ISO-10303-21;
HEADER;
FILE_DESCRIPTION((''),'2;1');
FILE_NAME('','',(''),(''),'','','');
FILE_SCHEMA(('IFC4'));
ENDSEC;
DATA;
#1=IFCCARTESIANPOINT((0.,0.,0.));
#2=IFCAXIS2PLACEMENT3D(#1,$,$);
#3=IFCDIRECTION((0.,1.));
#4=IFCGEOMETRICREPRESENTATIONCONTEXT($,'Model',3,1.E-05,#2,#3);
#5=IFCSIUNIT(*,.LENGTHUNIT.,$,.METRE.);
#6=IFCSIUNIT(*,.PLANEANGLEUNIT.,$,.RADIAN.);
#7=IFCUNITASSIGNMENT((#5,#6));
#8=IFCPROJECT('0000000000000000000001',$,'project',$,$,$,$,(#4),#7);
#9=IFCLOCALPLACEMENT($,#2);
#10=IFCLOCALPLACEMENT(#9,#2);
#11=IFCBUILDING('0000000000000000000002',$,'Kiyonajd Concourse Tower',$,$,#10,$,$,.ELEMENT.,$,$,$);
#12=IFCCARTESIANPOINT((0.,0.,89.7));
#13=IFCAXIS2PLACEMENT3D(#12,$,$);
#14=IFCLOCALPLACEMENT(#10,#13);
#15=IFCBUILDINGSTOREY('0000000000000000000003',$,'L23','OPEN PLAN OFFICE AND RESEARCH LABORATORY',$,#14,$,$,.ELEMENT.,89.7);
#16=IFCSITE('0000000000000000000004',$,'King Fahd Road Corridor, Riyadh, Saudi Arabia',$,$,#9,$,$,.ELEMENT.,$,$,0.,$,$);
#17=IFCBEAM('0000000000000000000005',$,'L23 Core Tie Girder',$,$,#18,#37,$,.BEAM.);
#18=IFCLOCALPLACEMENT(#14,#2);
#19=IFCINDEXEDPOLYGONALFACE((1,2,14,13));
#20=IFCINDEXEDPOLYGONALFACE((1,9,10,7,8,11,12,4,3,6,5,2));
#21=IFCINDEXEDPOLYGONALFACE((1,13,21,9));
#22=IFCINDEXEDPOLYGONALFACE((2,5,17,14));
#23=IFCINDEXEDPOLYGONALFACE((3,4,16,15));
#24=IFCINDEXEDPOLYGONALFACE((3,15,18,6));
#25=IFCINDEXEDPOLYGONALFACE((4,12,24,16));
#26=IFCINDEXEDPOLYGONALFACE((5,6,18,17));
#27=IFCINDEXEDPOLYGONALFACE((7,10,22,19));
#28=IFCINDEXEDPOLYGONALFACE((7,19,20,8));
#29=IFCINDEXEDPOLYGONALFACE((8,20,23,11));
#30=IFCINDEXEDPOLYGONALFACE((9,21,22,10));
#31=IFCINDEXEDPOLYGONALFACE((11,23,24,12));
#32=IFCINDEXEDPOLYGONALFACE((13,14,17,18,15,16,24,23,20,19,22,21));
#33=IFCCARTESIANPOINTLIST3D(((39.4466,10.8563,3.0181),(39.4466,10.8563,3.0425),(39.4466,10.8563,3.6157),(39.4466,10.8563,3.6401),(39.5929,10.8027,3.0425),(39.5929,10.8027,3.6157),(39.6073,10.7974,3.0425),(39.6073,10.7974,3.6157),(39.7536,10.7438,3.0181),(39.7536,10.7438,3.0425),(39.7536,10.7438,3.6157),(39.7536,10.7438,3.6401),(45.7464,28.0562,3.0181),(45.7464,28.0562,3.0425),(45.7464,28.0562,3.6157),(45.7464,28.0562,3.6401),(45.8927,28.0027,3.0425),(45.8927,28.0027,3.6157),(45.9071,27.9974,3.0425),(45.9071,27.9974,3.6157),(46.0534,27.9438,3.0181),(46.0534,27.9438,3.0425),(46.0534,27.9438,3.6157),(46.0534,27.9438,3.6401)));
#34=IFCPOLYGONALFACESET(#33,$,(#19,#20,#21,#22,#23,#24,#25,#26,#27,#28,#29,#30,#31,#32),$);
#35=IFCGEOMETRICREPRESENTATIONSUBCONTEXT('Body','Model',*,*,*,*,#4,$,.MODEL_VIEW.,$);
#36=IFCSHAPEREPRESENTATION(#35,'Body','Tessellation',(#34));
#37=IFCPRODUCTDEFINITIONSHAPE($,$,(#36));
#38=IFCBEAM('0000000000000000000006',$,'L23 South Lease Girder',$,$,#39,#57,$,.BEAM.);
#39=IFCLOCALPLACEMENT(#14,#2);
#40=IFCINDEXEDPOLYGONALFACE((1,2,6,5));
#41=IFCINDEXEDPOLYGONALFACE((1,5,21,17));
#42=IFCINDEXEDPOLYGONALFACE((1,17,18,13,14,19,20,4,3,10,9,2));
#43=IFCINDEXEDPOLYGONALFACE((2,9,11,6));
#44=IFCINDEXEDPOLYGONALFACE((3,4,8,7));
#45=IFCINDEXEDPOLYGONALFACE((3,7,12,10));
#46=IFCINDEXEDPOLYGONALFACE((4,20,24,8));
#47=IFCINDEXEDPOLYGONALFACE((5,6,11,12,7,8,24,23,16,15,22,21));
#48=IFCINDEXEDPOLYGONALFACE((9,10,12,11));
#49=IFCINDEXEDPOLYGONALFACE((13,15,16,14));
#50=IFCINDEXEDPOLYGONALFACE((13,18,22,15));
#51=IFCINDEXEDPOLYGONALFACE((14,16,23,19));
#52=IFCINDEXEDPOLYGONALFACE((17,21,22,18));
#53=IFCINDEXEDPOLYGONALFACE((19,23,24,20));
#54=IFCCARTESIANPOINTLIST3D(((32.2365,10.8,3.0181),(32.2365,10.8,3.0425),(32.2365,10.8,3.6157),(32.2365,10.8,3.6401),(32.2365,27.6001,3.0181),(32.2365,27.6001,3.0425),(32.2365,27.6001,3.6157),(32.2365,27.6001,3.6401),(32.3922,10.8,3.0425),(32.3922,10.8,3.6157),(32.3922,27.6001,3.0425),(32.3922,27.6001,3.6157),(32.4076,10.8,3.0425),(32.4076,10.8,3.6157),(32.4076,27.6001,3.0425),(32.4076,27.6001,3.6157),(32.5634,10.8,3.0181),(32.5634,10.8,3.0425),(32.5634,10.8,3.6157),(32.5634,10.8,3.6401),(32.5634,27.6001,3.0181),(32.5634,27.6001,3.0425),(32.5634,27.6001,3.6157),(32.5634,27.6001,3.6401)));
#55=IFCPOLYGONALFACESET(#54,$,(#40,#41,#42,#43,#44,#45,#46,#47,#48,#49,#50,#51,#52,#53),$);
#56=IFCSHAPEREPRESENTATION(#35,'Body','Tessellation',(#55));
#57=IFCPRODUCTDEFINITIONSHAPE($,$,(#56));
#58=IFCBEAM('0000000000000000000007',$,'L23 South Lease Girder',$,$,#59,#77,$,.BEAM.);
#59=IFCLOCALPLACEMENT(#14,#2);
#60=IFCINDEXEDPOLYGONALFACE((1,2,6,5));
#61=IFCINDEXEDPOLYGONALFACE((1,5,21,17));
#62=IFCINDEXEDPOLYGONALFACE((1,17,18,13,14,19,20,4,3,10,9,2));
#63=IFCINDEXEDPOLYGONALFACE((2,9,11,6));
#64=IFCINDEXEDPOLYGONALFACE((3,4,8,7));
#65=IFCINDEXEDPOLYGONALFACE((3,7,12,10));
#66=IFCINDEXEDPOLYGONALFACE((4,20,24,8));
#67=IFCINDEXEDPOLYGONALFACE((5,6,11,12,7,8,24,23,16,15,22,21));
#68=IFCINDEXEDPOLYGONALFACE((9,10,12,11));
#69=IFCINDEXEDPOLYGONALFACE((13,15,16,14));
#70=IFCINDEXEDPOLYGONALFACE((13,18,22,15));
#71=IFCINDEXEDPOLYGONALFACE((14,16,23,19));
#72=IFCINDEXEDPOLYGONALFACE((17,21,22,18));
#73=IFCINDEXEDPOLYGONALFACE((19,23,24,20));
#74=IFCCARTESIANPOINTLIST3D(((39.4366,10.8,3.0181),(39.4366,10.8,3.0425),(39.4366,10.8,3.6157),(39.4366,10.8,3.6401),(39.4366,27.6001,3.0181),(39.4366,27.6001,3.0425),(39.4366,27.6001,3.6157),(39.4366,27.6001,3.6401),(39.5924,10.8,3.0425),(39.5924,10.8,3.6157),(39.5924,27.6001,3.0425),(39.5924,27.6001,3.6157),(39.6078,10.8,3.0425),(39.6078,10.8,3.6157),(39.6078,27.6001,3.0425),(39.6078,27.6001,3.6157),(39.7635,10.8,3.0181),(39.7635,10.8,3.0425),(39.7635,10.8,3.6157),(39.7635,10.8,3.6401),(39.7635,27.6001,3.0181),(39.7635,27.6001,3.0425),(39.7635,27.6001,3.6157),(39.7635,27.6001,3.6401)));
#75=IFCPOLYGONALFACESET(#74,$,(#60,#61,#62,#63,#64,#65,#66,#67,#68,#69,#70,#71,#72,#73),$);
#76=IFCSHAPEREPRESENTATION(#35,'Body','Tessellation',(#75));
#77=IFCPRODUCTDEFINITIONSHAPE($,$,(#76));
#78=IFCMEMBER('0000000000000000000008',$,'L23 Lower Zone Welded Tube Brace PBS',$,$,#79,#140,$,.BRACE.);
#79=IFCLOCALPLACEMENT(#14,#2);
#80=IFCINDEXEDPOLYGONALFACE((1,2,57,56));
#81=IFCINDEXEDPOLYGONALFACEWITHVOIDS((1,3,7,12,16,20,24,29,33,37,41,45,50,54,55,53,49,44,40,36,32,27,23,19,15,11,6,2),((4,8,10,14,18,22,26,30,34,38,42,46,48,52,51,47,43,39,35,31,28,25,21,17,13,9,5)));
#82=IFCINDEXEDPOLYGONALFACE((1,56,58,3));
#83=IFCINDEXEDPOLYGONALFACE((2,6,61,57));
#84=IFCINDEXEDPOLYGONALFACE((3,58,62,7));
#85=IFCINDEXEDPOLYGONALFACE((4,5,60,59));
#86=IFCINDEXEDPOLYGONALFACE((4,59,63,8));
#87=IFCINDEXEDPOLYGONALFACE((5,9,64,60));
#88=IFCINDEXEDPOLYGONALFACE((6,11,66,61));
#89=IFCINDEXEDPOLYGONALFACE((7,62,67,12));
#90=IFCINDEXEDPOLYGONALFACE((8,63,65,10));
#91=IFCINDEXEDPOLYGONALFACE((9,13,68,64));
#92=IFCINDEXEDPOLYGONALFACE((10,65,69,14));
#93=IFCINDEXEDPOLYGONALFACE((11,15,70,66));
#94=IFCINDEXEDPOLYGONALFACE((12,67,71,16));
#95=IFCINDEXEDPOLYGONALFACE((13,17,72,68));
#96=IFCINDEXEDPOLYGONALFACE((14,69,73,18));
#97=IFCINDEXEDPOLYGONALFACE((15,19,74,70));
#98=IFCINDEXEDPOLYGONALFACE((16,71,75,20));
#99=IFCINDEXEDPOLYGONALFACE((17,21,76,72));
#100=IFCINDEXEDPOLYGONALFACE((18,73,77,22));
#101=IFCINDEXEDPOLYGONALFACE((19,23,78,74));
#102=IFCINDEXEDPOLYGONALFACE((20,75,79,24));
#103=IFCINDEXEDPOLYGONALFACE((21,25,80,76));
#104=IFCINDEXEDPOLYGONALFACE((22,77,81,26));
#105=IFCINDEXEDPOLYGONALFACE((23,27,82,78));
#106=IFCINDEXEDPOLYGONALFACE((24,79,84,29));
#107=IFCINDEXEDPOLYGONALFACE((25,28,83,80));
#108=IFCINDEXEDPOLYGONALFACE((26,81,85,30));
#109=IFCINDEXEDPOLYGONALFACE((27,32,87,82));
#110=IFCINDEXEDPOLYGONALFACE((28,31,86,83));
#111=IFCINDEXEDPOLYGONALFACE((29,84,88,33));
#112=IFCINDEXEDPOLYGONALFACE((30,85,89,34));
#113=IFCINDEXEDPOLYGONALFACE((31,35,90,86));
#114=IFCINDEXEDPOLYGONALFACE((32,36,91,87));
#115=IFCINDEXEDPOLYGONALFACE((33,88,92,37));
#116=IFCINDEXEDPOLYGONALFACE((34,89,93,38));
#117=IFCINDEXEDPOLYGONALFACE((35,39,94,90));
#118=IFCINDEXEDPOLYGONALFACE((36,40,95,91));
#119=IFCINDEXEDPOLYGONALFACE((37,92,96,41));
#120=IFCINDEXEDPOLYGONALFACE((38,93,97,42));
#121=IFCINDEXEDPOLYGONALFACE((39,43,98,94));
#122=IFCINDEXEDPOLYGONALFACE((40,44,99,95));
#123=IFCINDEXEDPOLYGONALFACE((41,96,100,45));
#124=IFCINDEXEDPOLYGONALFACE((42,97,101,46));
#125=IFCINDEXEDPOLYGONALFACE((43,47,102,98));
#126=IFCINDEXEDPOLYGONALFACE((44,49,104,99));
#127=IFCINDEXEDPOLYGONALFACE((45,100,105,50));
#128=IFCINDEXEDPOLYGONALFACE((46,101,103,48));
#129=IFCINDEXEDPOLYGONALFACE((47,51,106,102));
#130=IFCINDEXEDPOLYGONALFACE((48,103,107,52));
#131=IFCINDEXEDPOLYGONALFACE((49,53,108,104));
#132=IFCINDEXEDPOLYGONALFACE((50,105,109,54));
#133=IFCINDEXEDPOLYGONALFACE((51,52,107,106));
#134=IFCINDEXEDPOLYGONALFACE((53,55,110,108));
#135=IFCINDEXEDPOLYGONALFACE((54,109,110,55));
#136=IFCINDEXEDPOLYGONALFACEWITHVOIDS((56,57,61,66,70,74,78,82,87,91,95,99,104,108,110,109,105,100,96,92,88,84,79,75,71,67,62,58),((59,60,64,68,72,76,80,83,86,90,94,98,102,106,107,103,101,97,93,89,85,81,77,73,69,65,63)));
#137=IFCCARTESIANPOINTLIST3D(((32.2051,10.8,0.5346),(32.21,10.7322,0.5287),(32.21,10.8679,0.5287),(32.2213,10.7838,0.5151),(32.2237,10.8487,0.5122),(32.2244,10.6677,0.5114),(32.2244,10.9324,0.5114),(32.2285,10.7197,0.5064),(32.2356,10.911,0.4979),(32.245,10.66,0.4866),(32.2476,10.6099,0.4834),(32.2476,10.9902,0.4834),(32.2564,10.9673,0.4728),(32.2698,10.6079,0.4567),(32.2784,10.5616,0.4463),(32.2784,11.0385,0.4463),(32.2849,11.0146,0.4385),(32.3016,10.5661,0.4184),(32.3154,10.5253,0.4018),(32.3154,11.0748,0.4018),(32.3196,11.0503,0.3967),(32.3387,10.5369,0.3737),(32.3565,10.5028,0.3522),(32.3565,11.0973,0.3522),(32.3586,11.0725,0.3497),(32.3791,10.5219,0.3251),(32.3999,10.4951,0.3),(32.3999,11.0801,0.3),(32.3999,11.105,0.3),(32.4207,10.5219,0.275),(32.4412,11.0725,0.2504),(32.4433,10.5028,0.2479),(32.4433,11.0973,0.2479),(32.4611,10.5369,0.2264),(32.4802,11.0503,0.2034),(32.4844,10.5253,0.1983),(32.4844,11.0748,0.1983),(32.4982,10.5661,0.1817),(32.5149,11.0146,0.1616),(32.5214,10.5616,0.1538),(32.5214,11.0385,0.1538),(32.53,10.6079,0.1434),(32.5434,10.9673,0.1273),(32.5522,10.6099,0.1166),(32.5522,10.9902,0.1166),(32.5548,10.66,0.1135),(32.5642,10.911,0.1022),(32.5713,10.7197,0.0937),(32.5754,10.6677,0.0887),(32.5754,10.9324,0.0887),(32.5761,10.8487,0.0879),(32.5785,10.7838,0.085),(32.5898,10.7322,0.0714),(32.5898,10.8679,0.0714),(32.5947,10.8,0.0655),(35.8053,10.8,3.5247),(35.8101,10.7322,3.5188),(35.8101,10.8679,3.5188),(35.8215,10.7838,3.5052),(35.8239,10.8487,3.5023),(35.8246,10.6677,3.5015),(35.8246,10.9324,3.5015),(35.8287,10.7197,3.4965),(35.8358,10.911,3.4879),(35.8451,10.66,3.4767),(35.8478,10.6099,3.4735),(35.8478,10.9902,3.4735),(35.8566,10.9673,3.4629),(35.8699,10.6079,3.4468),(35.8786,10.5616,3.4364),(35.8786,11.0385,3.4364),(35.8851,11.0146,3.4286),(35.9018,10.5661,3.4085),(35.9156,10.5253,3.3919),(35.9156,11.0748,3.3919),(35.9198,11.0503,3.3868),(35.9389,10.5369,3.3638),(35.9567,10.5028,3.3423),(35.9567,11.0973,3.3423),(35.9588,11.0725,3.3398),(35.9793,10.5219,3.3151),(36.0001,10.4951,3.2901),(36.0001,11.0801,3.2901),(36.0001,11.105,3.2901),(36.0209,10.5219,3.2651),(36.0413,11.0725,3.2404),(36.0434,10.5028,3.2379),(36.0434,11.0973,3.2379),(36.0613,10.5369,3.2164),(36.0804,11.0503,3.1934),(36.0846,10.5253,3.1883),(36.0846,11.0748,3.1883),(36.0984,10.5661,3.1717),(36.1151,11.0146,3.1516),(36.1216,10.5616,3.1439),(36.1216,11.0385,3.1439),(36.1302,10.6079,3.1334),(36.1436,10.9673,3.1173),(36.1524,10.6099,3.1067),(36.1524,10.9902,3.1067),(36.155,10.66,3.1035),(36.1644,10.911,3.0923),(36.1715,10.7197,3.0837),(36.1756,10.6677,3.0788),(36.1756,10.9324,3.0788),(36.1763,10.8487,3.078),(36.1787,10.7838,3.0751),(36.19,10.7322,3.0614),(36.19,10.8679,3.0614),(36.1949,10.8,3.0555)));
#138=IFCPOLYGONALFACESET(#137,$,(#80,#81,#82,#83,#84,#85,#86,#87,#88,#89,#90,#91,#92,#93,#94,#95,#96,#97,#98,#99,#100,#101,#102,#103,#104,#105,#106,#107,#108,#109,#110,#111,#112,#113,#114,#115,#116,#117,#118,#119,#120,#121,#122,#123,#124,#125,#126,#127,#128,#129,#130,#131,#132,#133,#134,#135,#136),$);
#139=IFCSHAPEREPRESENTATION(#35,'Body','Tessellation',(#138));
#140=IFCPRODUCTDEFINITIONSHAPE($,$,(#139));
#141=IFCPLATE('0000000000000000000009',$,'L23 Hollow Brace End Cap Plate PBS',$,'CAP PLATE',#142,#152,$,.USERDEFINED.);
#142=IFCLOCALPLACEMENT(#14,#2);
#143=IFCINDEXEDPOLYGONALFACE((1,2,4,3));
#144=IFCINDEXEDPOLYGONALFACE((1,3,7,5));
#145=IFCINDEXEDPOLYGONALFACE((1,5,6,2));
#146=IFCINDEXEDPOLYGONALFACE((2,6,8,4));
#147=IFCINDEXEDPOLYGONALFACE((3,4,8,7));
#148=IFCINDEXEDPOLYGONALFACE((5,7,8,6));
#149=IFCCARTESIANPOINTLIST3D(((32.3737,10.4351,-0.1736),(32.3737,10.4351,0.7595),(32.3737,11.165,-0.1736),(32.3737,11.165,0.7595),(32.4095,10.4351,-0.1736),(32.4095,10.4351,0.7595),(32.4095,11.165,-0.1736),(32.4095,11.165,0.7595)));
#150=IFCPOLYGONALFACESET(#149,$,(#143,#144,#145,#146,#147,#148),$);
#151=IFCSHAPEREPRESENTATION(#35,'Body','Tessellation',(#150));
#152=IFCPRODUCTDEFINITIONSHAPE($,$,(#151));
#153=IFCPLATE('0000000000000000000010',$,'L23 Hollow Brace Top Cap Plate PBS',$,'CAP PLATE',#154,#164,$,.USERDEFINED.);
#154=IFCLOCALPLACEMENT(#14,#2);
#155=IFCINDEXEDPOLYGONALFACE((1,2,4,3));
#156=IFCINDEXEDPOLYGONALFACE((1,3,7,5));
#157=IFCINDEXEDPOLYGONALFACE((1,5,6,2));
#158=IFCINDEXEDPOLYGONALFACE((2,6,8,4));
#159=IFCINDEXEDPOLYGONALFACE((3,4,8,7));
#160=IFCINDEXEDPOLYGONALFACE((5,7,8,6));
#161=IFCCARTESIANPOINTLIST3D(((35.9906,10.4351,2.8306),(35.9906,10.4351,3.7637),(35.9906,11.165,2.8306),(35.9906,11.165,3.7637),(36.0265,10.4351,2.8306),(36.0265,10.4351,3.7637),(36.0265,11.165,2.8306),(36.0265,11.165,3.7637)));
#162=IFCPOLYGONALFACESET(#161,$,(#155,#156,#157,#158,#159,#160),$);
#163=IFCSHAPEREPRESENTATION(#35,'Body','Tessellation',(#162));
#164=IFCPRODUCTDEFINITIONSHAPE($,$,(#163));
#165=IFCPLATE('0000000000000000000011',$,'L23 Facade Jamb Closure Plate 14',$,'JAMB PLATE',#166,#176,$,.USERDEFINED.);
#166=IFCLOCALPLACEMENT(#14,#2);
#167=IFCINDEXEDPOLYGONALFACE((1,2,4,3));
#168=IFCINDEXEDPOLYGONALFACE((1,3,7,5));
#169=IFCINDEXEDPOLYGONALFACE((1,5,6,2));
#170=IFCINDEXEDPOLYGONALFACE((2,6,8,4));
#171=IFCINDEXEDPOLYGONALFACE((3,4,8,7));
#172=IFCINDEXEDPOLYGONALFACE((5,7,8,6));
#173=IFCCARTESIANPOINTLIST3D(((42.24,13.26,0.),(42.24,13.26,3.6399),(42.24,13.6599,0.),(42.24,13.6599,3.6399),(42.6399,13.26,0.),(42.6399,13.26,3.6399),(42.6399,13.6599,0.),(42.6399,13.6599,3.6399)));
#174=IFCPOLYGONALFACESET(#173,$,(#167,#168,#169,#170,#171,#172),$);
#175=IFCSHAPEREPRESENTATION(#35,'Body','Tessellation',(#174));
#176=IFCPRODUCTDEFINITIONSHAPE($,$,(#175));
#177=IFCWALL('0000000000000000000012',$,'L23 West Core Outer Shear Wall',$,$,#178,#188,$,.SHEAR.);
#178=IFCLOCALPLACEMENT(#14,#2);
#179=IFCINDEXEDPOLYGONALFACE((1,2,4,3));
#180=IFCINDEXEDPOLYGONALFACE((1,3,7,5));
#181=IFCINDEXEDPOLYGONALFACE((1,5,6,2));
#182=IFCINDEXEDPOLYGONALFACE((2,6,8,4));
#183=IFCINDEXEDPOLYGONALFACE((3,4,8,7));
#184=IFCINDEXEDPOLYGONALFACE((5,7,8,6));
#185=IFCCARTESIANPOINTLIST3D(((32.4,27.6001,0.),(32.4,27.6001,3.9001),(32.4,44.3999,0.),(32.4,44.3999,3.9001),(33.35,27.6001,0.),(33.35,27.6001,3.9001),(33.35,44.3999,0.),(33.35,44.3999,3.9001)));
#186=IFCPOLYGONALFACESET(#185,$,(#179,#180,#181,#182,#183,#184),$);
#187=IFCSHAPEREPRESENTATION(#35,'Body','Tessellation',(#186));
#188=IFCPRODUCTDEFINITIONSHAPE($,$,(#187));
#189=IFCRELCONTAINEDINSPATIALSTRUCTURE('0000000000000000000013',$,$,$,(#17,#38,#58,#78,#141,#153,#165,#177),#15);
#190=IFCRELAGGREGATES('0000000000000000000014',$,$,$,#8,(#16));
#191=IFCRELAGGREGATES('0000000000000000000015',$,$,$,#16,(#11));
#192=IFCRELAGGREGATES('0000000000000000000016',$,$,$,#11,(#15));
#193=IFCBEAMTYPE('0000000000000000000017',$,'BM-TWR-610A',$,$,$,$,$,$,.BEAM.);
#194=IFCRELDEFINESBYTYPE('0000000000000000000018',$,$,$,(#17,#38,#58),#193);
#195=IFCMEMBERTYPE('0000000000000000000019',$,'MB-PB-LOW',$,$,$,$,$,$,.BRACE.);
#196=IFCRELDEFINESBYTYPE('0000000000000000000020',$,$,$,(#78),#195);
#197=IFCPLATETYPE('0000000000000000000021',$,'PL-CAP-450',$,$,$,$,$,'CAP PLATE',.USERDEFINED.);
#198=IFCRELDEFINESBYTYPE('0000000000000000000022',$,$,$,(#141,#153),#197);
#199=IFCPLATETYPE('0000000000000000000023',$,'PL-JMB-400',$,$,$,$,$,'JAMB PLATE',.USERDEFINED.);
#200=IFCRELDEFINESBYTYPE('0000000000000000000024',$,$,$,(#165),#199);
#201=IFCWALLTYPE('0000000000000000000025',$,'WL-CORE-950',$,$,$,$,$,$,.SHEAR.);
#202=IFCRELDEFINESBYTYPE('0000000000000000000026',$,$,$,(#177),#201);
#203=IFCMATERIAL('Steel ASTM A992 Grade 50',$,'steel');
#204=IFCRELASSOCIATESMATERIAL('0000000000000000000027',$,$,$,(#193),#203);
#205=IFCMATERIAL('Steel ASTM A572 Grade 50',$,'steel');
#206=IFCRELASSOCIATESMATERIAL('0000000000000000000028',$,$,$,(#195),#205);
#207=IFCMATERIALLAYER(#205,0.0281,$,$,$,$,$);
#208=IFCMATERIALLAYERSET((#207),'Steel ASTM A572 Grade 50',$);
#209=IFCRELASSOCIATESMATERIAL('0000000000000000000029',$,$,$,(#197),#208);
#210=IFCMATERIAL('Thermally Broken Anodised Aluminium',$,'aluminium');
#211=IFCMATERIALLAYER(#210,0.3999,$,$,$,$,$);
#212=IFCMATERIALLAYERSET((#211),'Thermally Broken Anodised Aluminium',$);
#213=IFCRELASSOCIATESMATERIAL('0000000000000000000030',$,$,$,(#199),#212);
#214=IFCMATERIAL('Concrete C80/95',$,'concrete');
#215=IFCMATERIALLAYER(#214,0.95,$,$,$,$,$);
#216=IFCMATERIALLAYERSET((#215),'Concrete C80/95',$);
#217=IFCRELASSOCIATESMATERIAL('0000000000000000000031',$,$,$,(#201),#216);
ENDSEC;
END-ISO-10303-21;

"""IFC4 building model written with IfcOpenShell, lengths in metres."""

from ifc_helpers import new_model, si_unit, direction, frame, frame_2d, origin, origin_2d, place, context, subcontext, project, spatial, rectangle, hollow_circle, i_section, extrude, material, layer, layer_set, material_profile, profile_set, type_object, element, save


model = new_model("IFC4")

# Units and contexts
model_context = context("Model", 3, precision=1e-05, world=origin(), true_north=direction((0.0, 1.0)))
body_context = subcontext(model_context, "Body", "Model", "MODEL_VIEW")
ifc_project = project(units=[si_unit("LENGTHUNIT", "METRE"), si_unit("PLANEANGLEUNIT", "RADIAN")], contexts=[model_context])

# Site, building, storey
site_placement = place(None, origin())
site = spatial("IfcSite", under=ifc_project, at=site_placement, Name="King Fahd Road Corridor, Riyadh, Saudi Arabia", CompositionType="ELEMENT", RefElevation=0.0)
building_placement = place(site_placement, origin())
building = spatial("IfcBuilding", under=site, at=building_placement, Name="Kiyonajd Concourse Tower", CompositionType="ELEMENT")
storey_placement = place(building_placement, frame((0.0, 0.0, 89.7)))
storey = spatial("IfcBuildingStorey", under=building, at=storey_placement, Name="L23", Description="OPEN PLAN OFFICE AND RESEARCH LABORATORY", CompositionType="ELEMENT", Elevation=89.7)

# Shared definitions
ifc_material_1 = material(Name="Concrete C80/95", Category="concrete")

# Beams
ifc_material_2 = material(Name="Steel ASTM A992 Grade 50", Category="steel")
ifc_material_profile_1 = material_profile(ifc_material_2, i_section(OverallWidth=0.3269, OverallDepth=0.6221, WebThickness=0.0154, FlangeThickness=0.0244, at=origin_2d()), Name="W610X195")
ifc_profile_set_1 = profile_set([ifc_material_profile_1], Name="Steel ASTM A992 Grade 50")
beam_type_1 = type_object("IfcBeamType", Name="BM-TWR-610A", PredefinedType="BEAM", material=ifc_profile_set_1)
beam_1_placement = place(storey_placement, frame((39.6001, 10.8, 3.3291), z_axis=(0.343925, 0.938997, 0.0), x_axis=(-0.938997, 0.343925, 0.0)))
element("IfcBeam", 1, at=beam_1_placement, inside=storey, type_object=beam_type_1, Name="L23 Core Tie Girder", PredefinedType="BEAM", context=body_context, shape_type="SweptSolid", body=[
    extrude(i_section(OverallWidth=0.3269, OverallDepth=0.6221, WebThickness=0.0154, FlangeThickness=0.0244, at=origin_2d()), origin(), (0.0, 0.0, 1.0), 18.3174),
])
for number, where, z_axis, x_axis, name in (
    (2, (32.3999, 10.8, 3.3291), (0.0, 1.0, 0.0), (-1.0, 0.0, 0.0), "L23 South Lease Girder"),
    (3, (39.6001, 10.8, 3.3291), (0.0, 1.0, 0.0), (-1.0, 0.0, 0.0), "L23 South Lease Girder"),
):
    element("IfcBeam", number, at=place(storey_placement, frame(where, z_axis=z_axis, x_axis=x_axis)), inside=storey, type_object=beam_type_1, Name=name, PredefinedType="BEAM", context=body_context, shape_type="SweptSolid", body=[
        extrude(i_section(OverallWidth=0.3269, OverallDepth=0.6221, WebThickness=0.0154, FlangeThickness=0.0244, at=origin_2d()), origin(), (0.0, 0.0, 1.0), 16.8),
    ])

# Member
ifc_material_3 = material(Name="Steel ASTM A572 Grade 50", Category="steel")
ifc_material_profile_2 = material_profile(ifc_material_3, hollow_circle(Radius=0.3049, WallThickness=0.0249, at=origin_2d()), Name="CHS-610x25")
ifc_profile_set_2 = profile_set([ifc_material_profile_2], Name="Steel ASTM A572 Grade 50")
member_type = type_object("IfcMemberType", Name="MB-PB-LOW", PredefinedType="BRACE", material=ifc_profile_set_2)
member_placement = place(storey_placement, frame((32.3999, 10.8, 0.3), z_axis=(0.769281, 0.0, 0.638911), x_axis=(0.0, 1.0, 0.0)))
element("IfcMember", 4, at=member_placement, inside=storey, type_object=member_type, Name="L23 Lower Zone Welded Tube Brace PBS", PredefinedType="BRACE", context=body_context, shape_type="SweptSolid", body=[
    extrude(hollow_circle(Radius=0.3049, WallThickness=0.0249, at=origin_2d()), origin(), (0.0, 0.0, 1.0), 4.6799),
])

# Plates
ifc_layer_1 = layer(ifc_material_3, 0.0281)
ifc_layer_set_1 = layer_set([ifc_layer_1], Name="Steel ASTM A572 Grade 50")
plate_type_1 = type_object("IfcPlateType", Name="PL-CAP-450", ElementType="CAP PLATE", PredefinedType="USERDEFINED", material=ifc_layer_set_1)
for number, where, z_axis, x_axis, name in (
    (5, (32.3916, 10.8, -0.1736), (0.0, 0.0, 1.0), (-1.0, 0.0, 0.0), "L23 Hollow Brace End Cap Plate PBS"),
    (6, (36.0085, 10.8, 2.8306), (0.0, 0.0, 1.0), (1.0, 0.0, 0.0), "L23 Hollow Brace Top Cap Plate PBS"),
):
    element("IfcPlate", number, at=place(storey_placement, frame(where, z_axis=z_axis, x_axis=x_axis)), inside=storey, type_object=plate_type_1, Name=name, ObjectType="CAP PLATE", PredefinedType="USERDEFINED", context=body_context, shape_type="SweptSolid", body=[
        extrude(rectangle(XDim=0.0359, YDim=0.73, at=origin_2d()), origin(), (0.0, 0.0, 1.0), 0.9331),
    ])
ifc_material_4 = material(Name="Thermally Broken Anodised Aluminium", Category="aluminium")
ifc_layer_2 = layer(ifc_material_4, 0.3999)
ifc_layer_set_2 = layer_set([ifc_layer_2], Name="Thermally Broken Anodised Aluminium")
plate_type_2 = type_object("IfcPlateType", Name="PL-JMB-400", ElementType="JAMB PLATE", PredefinedType="USERDEFINED", material=ifc_layer_set_2)
plate_placement = place(storey_placement, frame((42.4399, 13.46, 0.0), z_axis=(0.0, 0.0, 1.0), x_axis=(1.0, 0.0, 0.0)))
element("IfcPlate", 7, at=plate_placement, inside=storey, type_object=plate_type_2, Name="L23 Facade Jamb Closure Plate 14", ObjectType="JAMB PLATE", PredefinedType="USERDEFINED", context=body_context, shape_type="SweptSolid", body=[
    extrude(rectangle(XDim=0.3999, YDim=0.3999, at=origin_2d()), origin(), (0.0, 0.0, 1.0), 3.6399),
])

# Wall
ifc_layer_3 = layer(ifc_material_1, 0.95)
ifc_layer_set_3 = layer_set([ifc_layer_3], Name="Concrete C80/95")
wall_type_1 = type_object("IfcWallType", Name="WL-CORE-950", PredefinedType="SHEAR", material=ifc_layer_set_3)
wall_1_placement = place(storey_placement, frame((32.875, 27.6001, 0.0), z_axis=(0.0, 0.0, 1.0), x_axis=(0.0, 1.0, 0.0)))
element("IfcWall", 8, at=wall_1_placement, inside=storey, type_object=wall_type_1, Name="L23 West Core Outer Shear Wall", PredefinedType="SHEAR", context=body_context, shape_type="SweptSolid", body=[
    extrude(rectangle(XDim=16.7998, YDim=0.95, at=frame_2d((8.3999, 0.0))), origin(), (0.0, 0.0, 1.0), 3.9001),
])

save(model, "model.ifc")
